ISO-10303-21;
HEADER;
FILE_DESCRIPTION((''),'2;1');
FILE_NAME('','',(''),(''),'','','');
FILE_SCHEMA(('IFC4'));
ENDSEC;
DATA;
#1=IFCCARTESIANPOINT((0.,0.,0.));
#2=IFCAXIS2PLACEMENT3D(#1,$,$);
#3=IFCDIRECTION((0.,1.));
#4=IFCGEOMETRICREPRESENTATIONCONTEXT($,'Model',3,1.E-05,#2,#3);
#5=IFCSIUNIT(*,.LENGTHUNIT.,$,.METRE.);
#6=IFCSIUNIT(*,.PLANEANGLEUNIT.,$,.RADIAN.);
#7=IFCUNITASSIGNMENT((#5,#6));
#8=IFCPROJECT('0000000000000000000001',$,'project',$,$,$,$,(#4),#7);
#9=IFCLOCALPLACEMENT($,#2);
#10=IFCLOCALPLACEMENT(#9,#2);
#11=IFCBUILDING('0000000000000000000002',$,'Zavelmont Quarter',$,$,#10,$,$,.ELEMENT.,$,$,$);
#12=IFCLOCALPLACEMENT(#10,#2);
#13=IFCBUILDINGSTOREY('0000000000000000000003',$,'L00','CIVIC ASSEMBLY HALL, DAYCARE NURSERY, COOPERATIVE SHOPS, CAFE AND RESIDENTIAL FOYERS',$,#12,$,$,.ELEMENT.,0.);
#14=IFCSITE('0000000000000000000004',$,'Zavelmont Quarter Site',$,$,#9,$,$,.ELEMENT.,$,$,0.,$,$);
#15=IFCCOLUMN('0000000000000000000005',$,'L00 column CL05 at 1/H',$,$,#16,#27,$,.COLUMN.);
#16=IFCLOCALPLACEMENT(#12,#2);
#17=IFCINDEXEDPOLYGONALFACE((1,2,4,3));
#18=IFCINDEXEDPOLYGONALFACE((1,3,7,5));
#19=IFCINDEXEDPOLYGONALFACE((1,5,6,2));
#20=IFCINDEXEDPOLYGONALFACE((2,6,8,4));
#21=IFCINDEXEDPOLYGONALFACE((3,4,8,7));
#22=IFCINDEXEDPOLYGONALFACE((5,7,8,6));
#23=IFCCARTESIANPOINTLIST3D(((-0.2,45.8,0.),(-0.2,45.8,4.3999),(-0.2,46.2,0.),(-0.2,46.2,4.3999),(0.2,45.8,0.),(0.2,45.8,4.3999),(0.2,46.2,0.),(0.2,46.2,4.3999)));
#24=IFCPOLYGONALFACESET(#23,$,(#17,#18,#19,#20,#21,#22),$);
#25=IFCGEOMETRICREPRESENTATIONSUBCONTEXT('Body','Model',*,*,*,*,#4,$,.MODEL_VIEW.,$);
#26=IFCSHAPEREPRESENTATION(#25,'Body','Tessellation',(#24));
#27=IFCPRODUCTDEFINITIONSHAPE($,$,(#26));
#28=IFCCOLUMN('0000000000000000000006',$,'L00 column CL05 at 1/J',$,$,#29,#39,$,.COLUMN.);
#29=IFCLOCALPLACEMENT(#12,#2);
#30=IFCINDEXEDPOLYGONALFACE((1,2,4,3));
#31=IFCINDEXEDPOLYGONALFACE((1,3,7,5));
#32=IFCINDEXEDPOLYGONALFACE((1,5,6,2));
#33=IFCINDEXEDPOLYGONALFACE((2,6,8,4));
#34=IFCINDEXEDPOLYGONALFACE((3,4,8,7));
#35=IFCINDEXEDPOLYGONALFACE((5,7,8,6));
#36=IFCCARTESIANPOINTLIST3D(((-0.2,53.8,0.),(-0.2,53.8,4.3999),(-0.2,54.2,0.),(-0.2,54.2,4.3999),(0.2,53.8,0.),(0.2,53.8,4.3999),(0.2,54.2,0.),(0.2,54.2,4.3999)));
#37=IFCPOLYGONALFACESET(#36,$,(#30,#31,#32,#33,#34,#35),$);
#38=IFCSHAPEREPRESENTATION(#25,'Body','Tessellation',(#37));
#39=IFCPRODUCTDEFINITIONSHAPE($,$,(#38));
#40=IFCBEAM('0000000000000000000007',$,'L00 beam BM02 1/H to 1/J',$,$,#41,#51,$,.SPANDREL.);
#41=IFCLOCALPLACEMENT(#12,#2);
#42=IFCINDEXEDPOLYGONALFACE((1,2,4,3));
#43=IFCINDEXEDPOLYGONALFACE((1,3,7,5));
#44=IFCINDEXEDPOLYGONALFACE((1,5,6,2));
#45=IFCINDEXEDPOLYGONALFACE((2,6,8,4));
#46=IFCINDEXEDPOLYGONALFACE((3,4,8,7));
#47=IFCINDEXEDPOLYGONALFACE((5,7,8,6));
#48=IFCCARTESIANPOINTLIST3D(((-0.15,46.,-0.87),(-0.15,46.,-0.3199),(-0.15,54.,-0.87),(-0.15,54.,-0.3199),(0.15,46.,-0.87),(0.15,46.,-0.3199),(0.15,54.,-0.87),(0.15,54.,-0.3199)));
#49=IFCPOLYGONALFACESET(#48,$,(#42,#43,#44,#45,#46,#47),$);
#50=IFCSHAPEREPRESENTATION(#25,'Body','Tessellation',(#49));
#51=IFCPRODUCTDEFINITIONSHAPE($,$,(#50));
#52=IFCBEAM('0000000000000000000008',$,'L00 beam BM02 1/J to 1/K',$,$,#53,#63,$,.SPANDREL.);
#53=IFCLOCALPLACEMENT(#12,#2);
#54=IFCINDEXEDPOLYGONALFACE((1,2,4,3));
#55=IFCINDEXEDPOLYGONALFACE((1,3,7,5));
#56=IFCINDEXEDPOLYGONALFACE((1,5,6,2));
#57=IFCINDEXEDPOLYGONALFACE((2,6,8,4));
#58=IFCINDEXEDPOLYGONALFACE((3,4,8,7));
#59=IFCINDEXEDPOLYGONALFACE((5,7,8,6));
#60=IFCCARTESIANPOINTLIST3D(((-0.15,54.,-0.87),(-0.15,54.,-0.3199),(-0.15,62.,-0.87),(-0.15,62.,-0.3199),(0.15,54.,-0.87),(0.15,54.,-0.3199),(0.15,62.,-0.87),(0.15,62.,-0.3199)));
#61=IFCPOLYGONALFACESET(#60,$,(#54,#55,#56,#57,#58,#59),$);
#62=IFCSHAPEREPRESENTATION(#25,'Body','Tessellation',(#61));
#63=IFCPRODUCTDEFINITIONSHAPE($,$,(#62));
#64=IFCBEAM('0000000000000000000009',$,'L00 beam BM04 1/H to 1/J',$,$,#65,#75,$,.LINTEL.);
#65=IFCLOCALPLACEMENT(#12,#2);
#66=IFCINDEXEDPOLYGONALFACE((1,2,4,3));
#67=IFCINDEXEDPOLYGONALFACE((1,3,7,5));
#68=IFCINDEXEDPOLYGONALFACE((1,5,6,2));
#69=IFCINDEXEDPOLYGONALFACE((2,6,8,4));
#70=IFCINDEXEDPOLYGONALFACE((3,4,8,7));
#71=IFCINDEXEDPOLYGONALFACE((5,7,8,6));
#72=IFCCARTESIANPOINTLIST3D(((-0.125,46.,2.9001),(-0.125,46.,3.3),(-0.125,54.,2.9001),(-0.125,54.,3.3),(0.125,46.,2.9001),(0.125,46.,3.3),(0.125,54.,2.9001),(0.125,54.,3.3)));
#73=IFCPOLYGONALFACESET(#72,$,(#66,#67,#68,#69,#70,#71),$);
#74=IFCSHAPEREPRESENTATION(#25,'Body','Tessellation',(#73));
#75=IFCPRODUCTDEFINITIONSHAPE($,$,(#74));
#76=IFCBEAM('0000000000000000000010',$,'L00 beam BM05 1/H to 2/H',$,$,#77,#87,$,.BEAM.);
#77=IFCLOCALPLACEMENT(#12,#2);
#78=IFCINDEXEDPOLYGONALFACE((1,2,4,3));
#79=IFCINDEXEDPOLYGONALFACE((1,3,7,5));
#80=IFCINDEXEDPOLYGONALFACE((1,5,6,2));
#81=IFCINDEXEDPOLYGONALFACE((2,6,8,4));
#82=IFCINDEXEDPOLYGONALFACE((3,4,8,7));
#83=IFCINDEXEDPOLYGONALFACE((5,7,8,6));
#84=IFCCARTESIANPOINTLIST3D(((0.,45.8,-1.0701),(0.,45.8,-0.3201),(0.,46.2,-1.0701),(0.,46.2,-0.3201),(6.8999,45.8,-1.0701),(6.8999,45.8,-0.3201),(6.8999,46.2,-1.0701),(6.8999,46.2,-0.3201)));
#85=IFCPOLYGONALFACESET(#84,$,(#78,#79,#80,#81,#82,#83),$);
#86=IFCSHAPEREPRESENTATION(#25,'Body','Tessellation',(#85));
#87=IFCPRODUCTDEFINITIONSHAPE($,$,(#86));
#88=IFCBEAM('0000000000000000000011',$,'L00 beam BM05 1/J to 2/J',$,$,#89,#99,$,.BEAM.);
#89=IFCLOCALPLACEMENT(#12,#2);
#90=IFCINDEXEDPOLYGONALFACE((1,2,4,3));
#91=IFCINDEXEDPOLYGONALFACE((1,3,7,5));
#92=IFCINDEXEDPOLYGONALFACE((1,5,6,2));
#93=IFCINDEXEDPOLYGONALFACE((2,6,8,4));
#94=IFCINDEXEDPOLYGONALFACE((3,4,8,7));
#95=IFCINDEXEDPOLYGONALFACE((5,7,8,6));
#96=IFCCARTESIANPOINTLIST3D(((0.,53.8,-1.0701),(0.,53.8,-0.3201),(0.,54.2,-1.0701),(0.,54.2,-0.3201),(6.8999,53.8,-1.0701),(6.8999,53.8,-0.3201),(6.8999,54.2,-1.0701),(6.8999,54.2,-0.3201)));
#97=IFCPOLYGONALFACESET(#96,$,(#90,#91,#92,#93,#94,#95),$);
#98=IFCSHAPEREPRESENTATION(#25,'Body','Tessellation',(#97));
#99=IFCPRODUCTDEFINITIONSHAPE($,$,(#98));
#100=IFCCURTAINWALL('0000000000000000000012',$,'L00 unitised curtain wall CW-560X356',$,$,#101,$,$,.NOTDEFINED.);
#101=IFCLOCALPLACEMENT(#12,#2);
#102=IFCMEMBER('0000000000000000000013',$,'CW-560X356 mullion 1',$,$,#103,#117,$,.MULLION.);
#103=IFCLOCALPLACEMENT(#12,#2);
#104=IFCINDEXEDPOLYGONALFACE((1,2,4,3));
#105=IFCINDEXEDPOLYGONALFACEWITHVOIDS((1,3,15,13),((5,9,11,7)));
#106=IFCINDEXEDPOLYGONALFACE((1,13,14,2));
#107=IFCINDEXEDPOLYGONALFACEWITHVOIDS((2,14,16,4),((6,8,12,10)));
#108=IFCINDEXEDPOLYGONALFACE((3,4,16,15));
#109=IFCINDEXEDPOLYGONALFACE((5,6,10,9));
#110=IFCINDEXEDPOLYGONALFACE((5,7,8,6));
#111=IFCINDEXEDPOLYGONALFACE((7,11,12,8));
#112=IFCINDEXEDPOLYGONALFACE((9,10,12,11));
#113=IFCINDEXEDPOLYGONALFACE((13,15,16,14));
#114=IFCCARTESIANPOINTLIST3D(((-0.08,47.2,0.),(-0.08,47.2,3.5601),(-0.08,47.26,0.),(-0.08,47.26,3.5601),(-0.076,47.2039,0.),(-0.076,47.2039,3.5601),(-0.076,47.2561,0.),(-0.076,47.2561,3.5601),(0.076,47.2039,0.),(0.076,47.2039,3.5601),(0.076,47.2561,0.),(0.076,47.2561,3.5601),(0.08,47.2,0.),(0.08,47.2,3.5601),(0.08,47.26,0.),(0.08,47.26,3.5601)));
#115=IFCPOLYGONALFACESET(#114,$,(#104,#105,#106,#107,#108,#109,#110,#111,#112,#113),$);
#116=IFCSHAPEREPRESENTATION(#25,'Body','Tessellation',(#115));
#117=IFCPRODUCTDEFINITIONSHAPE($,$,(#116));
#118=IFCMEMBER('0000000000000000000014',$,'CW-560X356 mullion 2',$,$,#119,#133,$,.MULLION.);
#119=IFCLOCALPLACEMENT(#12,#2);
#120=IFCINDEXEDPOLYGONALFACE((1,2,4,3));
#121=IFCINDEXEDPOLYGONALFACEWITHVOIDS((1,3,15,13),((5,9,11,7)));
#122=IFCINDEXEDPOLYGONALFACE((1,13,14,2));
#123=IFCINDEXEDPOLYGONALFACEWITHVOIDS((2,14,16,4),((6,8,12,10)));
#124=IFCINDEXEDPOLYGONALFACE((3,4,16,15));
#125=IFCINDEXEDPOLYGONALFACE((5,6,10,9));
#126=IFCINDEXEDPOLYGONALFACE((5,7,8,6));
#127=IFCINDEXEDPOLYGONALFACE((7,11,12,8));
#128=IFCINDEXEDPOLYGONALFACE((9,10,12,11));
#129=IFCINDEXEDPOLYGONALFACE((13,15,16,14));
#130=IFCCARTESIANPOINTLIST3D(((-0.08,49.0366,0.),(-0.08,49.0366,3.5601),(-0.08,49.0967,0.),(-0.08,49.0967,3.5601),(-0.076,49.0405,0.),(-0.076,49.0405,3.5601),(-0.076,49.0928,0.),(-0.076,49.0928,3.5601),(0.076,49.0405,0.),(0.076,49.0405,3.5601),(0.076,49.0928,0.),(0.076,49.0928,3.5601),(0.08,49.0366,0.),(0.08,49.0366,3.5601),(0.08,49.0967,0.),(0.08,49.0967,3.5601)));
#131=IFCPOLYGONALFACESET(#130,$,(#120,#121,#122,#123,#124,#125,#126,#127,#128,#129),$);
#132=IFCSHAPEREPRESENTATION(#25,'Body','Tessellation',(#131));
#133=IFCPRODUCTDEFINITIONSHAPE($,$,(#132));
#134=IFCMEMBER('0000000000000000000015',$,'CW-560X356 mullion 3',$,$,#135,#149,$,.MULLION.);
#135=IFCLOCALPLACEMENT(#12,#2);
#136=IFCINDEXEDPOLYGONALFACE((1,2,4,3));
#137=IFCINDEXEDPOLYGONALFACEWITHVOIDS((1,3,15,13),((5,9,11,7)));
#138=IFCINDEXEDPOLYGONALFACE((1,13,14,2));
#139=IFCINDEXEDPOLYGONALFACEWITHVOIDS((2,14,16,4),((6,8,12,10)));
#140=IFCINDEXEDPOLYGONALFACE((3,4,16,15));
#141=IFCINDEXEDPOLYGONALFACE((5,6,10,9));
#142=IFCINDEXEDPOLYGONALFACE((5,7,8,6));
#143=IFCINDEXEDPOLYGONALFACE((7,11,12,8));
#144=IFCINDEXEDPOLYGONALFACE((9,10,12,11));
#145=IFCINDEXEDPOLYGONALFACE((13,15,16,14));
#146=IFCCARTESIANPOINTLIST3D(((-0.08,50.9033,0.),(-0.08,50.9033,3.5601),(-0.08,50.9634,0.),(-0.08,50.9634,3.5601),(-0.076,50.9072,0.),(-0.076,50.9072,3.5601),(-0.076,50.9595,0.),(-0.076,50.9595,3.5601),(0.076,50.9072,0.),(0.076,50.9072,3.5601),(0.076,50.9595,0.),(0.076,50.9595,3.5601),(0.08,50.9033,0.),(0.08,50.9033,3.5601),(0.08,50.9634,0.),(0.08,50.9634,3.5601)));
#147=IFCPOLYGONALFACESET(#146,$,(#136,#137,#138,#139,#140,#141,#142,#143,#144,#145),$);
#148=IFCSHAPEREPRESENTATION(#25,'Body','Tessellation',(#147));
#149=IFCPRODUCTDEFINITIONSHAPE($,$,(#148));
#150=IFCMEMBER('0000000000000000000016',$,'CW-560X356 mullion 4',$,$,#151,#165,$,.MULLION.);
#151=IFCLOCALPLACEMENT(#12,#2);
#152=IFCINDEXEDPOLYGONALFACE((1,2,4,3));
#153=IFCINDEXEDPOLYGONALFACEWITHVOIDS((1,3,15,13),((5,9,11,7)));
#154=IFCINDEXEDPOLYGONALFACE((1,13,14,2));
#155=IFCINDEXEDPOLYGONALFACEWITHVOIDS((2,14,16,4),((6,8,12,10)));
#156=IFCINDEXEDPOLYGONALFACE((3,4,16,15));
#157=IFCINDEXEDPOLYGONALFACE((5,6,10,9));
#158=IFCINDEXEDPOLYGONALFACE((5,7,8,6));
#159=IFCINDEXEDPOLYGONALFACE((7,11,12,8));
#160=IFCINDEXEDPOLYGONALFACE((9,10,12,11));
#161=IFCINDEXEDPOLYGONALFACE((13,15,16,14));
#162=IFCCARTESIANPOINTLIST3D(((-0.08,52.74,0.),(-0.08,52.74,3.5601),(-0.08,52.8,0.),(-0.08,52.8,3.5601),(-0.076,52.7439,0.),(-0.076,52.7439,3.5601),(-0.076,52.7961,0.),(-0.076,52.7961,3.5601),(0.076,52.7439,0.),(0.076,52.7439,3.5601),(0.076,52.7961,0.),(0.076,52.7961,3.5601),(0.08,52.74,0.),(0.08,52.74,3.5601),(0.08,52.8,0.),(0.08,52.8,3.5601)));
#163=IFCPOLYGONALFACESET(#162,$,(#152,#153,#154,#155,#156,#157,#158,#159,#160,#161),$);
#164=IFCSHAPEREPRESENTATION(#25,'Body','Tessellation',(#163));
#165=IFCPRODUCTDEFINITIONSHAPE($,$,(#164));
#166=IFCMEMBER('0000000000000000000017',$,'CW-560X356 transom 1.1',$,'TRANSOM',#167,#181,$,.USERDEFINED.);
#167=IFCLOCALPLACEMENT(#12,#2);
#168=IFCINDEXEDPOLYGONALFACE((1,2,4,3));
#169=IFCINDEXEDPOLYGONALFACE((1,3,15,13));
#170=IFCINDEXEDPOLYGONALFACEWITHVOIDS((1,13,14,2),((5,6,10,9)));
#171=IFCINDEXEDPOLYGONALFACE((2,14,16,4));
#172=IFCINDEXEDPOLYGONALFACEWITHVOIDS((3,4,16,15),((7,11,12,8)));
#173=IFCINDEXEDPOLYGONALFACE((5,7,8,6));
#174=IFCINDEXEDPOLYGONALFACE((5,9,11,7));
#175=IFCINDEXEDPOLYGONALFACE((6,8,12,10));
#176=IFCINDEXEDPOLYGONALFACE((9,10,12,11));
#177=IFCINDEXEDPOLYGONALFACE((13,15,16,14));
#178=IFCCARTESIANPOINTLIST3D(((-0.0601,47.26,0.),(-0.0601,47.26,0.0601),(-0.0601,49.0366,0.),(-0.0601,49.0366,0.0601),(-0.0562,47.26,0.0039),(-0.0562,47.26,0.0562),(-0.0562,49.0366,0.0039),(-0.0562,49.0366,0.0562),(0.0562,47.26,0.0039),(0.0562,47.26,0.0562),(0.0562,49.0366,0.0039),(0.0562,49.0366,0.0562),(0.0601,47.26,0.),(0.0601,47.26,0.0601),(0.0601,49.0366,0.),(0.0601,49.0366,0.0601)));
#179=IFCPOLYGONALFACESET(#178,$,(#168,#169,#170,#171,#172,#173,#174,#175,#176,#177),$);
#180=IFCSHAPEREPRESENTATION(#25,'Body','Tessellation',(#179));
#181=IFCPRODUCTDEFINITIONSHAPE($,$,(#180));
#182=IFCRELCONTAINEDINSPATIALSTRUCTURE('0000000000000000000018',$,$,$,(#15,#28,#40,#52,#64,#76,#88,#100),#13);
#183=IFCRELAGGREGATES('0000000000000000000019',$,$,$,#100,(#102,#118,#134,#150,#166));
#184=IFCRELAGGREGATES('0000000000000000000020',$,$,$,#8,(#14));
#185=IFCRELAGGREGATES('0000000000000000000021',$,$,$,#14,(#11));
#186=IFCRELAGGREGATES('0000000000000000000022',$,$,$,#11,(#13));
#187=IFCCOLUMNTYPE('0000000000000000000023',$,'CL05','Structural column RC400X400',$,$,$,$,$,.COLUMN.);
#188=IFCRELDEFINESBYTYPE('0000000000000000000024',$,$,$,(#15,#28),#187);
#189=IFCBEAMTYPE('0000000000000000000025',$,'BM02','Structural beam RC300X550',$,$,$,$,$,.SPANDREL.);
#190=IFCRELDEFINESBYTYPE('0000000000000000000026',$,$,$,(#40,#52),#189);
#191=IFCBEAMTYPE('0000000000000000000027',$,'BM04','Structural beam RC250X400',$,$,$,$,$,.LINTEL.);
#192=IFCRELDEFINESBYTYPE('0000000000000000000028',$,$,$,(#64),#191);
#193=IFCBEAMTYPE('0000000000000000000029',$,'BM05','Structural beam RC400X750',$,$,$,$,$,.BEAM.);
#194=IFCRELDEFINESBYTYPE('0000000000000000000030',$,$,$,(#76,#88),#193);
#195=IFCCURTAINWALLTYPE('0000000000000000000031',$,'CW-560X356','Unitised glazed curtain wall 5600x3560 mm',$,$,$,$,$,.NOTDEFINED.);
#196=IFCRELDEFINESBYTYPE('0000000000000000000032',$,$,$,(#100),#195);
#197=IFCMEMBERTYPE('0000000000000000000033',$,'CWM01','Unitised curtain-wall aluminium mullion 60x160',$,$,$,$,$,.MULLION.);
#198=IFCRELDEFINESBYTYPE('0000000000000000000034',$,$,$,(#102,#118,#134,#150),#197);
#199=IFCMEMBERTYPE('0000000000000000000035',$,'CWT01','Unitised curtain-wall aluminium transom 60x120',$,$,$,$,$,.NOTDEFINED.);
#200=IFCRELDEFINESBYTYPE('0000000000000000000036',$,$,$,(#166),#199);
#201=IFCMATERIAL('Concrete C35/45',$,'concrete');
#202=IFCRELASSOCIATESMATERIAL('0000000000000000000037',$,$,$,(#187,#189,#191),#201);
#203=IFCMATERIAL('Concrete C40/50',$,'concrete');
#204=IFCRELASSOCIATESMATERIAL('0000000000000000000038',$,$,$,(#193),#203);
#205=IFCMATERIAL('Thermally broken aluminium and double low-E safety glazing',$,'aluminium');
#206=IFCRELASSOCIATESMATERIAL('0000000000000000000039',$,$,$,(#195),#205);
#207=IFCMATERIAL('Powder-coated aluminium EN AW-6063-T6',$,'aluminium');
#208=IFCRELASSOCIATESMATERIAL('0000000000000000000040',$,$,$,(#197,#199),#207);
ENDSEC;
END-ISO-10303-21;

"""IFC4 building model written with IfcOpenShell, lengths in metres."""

from ifc_helpers import new_model, si_unit, direction, frame, origin, origin_2d, place, context, subcontext, project, spatial, rectangle, hollow_rectangle, extrude, material, material_profile, profile_set, type_object, element, aggregate, save


model = new_model("IFC4")

# Units and contexts
model_context = context("Model", 3, precision=1e-05, world=origin(), true_north=direction((0.0, 1.0)))
body_context = subcontext(model_context, "Body", "Model", "MODEL_VIEW")
ifc_project = project(units=[si_unit("LENGTHUNIT", "METRE"), si_unit("PLANEANGLEUNIT", "RADIAN")], contexts=[model_context])

# Site, building, storey
site_placement = place(None, origin())
site = spatial("IfcSite", under=ifc_project, at=site_placement, Name="Zavelmont Quarter Site", CompositionType="ELEMENT", RefElevation=0.0)
building_placement = place(site_placement, origin())
building = spatial("IfcBuilding", under=site, at=building_placement, Name="Zavelmont Quarter", CompositionType="ELEMENT")
storey_placement = place(building_placement, origin())
storey = spatial("IfcBuildingStorey", under=building, at=storey_placement, Name="L00", Description="CIVIC ASSEMBLY HALL, DAYCARE NURSERY, COOPERATIVE SHOPS, CAFE AND RESIDENTIAL FOYERS", CompositionType="ELEMENT", Elevation=0.0)

# Columns
ifc_material_1 = material(Name="Concrete C35/45", Category="concrete")
ifc_material_profile_1 = material_profile(ifc_material_1, rectangle(XDim=0.3999, YDim=0.3999, at=origin_2d()), Name="RC400X400")
ifc_profile_set_1 = profile_set([ifc_material_profile_1], Name="Concrete C35/45")
column_type = type_object("IfcColumnType", Name="CL05", Description="Structural column RC400X400", PredefinedType="COLUMN", material=ifc_profile_set_1)
for number, where, z_axis, x_axis, name in (
    (1, (0.0, 46.0, 0.0), (0.0, 0.0, 1.0), (1.0, 0.0, 0.0), "L00 column CL05 at 1/H"),
    (2, (0.0, 54.0, 0.0), (0.0, 0.0, 1.0), (1.0, 0.0, 0.0), "L00 column CL05 at 1/J"),
):
    element("IfcColumn", number, at=place(storey_placement, frame(where, z_axis=z_axis, x_axis=x_axis)), inside=storey, type_object=column_type, Name=name, PredefinedType="COLUMN", context=body_context, shape_type="SweptSolid", body=[
        extrude(rectangle(XDim=0.3999, YDim=0.3999, at=origin_2d()), origin(), (0.0, 0.0, 1.0), 4.3999),
    ])

# Beams
ifc_material_profile_2 = material_profile(ifc_material_1, rectangle(XDim=0.3, YDim=0.55, at=origin_2d()), Name="RC300X550")
ifc_profile_set_2 = profile_set([ifc_material_profile_2], Name="Concrete C35/45")
beam_type_1 = type_object("IfcBeamType", Name="BM02", Description="Structural beam RC300X550", PredefinedType="SPANDREL", material=ifc_profile_set_2)
for number, where, z_axis, x_axis, name in (
    (3, (0.0, 46.0, -0.595), (0.0, 1.0, 0.0), (-1.0, 0.0, 0.0), "L00 beam BM02 1/H to 1/J"),
    (4, (0.0, 54.0, -0.595), (0.0, 1.0, 0.0), (-1.0, 0.0, 0.0), "L00 beam BM02 1/J to 1/K"),
):
    element("IfcBeam", number, at=place(storey_placement, frame(where, z_axis=z_axis, x_axis=x_axis)), inside=storey, type_object=beam_type_1, Name=name, PredefinedType="SPANDREL", context=body_context, shape_type="SweptSolid", body=[
        extrude(rectangle(XDim=0.3, YDim=0.55, at=origin_2d()), origin(), (0.0, 0.0, 1.0), 8.0),
    ])
ifc_material_profile_3 = material_profile(ifc_material_1, rectangle(XDim=0.25, YDim=0.3999, at=origin_2d()), Name="RC250X400")
ifc_profile_set_3 = profile_set([ifc_material_profile_3], Name="Concrete C35/45")
beam_type_2 = type_object("IfcBeamType", Name="BM04", Description="Structural beam RC250X400", PredefinedType="LINTEL", material=ifc_profile_set_3)
beam_placement = place(storey_placement, frame((0.0, 46.0, 3.1001), z_axis=(0.0, 1.0, 0.0), x_axis=(-1.0, 0.0, 0.0)))
element("IfcBeam", 5, at=beam_placement, inside=storey, type_object=beam_type_2, Name="L00 beam BM04 1/H to 1/J", PredefinedType="LINTEL", context=body_context, shape_type="SweptSolid", body=[
    extrude(rectangle(XDim=0.25, YDim=0.3999, at=origin_2d()), origin(), (0.0, 0.0, 1.0), 8.0),
])
ifc_material_2 = material(Name="Concrete C40/50", Category="concrete")
ifc_material_profile_4 = material_profile(ifc_material_2, rectangle(XDim=0.3999, YDim=0.75, at=origin_2d()), Name="RC400X750")
ifc_profile_set_4 = profile_set([ifc_material_profile_4], Name="Concrete C40/50")
beam_type_3 = type_object("IfcBeamType", Name="BM05", Description="Structural beam RC400X750", PredefinedType="BEAM", material=ifc_profile_set_4)
for number, where, z_axis, x_axis, name in (
    (6, (0.0, 46.0, -0.6951), (1.0, 0.0, 0.0), (0.0, 1.0, 0.0), "L00 beam BM05 1/H to 2/H"),
    (7, (0.0, 54.0, -0.6951), (1.0, 0.0, 0.0), (0.0, 1.0, 0.0), "L00 beam BM05 1/J to 2/J"),
):
    element("IfcBeam", number, at=place(storey_placement, frame(where, z_axis=z_axis, x_axis=x_axis)), inside=storey, type_object=beam_type_3, Name=name, PredefinedType="BEAM", context=body_context, shape_type="SweptSolid", body=[
        extrude(rectangle(XDim=0.3999, YDim=0.75, at=origin_2d()), origin(), (0.0, 0.0, 1.0), 6.8999),
    ])

# Curtain wall, members
ifc_material_3 = material(Name="Thermally broken aluminium and double low-E safety glazing", Category="aluminium")
curtain_wall_type = type_object("IfcCurtainWallType", Name="CW-560X356", Description="Unitised glazed curtain wall 5600x3560 mm", PredefinedType="NOTDEFINED", material=ifc_material_3)
curtain_wall_placement = place(storey_placement, origin())
curtain_wall = element("IfcCurtainWall", 8, at=curtain_wall_placement, inside=storey, type_object=curtain_wall_type, Name="L00 unitised curtain wall CW-560X356", PredefinedType="NOTDEFINED")
ifc_material_4 = material(Name="Powder-coated aluminium EN AW-6063-T6", Category="aluminium")
ifc_material_profile_5 = material_profile(ifc_material_4, hollow_rectangle(XDim=0.0601, YDim=0.1599, WallThickness=0.0039, at=origin_2d()), Name="CWM60X160")
ifc_profile_set_5 = profile_set([ifc_material_profile_5], Name="Powder-coated aluminium EN AW-6063-T6")
member_type_1 = type_object("IfcMemberType", Name="CWM01", Description="Unitised curtain-wall aluminium mullion 60x160", PredefinedType="MULLION", material=ifc_profile_set_5)
member_1_placement = place(storey_placement, frame((0.0, 47.23, 0.0), z_axis=(0.0, 0.0, 1.0), x_axis=(0.0, 1.0, 0.0)))
member_1 = element("IfcMember", 9, at=member_1_placement, type_object=member_type_1, Name="CW-560X356 mullion 1", PredefinedType="MULLION", context=body_context, shape_type="SweptSolid", body=[
    extrude(hollow_rectangle(XDim=0.0601, YDim=0.1599, WallThickness=0.0039, at=origin_2d()), origin(), (0.0, 0.0, 1.0), 3.5601),
])
member_2_placement = place(storey_placement, frame((0.0, 49.0667, 0.0), z_axis=(0.0, 0.0, 1.0), x_axis=(0.0, 1.0, 0.0)))
member_2 = element("IfcMember", 10, at=member_2_placement, type_object=member_type_1, Name="CW-560X356 mullion 2", PredefinedType="MULLION", context=body_context, shape_type="SweptSolid", body=[
    extrude(hollow_rectangle(XDim=0.0601, YDim=0.1599, WallThickness=0.0039, at=origin_2d()), origin(), (0.0, 0.0, 1.0), 3.5601),
])
member_3_placement = place(storey_placement, frame((0.0, 50.9333, 0.0), z_axis=(0.0, 0.0, 1.0), x_axis=(0.0, 1.0, 0.0)))
member_3 = element("IfcMember", 11, at=member_3_placement, type_object=member_type_1, Name="CW-560X356 mullion 3", PredefinedType="MULLION", context=body_context, shape_type="SweptSolid", body=[
    extrude(hollow_rectangle(XDim=0.0601, YDim=0.1599, WallThickness=0.0039, at=origin_2d()), origin(), (0.0, 0.0, 1.0), 3.5601),
])
member_4_placement = place(storey_placement, frame((0.0, 52.77, 0.0), z_axis=(0.0, 0.0, 1.0), x_axis=(0.0, 1.0, 0.0)))
member_4 = element("IfcMember", 12, at=member_4_placement, type_object=member_type_1, Name="CW-560X356 mullion 4", PredefinedType="MULLION", context=body_context, shape_type="SweptSolid", body=[
    extrude(hollow_rectangle(XDim=0.0601, YDim=0.1599, WallThickness=0.0039, at=origin_2d()), origin(), (0.0, 0.0, 1.0), 3.5601),
])
ifc_material_profile_6 = material_profile(ifc_material_4, hollow_rectangle(XDim=0.1201, YDim=0.0601, WallThickness=0.0039, at=origin_2d()), Name="CWT60X120")
ifc_profile_set_6 = profile_set([ifc_material_profile_6], Name="Powder-coated aluminium EN AW-6063-T6")
member_type_2 = type_object("IfcMemberType", Name="CWT01", Description="Unitised curtain-wall aluminium transom 60x120", PredefinedType="NOTDEFINED", material=ifc_profile_set_6)
member_5_placement = place(storey_placement, frame((0.0, 47.26, 0.03), z_axis=(0.0, 1.0, 0.0), x_axis=(-1.0, 0.0, 0.0)))
member_5 = element("IfcMember", 13, at=member_5_placement, type_object=member_type_2, Name="CW-560X356 transom 1.1", ObjectType="TRANSOM", PredefinedType="USERDEFINED", context=body_context, shape_type="SweptSolid", body=[
    extrude(hollow_rectangle(XDim=0.1201, YDim=0.0601, WallThickness=0.0039, at=origin_2d()), origin(), (0.0, 0.0, 1.0), 1.7766),
])
aggregate(curtain_wall, [member_1, member_2, member_3, member_4, member_5])

save(model, "model.ifc")
